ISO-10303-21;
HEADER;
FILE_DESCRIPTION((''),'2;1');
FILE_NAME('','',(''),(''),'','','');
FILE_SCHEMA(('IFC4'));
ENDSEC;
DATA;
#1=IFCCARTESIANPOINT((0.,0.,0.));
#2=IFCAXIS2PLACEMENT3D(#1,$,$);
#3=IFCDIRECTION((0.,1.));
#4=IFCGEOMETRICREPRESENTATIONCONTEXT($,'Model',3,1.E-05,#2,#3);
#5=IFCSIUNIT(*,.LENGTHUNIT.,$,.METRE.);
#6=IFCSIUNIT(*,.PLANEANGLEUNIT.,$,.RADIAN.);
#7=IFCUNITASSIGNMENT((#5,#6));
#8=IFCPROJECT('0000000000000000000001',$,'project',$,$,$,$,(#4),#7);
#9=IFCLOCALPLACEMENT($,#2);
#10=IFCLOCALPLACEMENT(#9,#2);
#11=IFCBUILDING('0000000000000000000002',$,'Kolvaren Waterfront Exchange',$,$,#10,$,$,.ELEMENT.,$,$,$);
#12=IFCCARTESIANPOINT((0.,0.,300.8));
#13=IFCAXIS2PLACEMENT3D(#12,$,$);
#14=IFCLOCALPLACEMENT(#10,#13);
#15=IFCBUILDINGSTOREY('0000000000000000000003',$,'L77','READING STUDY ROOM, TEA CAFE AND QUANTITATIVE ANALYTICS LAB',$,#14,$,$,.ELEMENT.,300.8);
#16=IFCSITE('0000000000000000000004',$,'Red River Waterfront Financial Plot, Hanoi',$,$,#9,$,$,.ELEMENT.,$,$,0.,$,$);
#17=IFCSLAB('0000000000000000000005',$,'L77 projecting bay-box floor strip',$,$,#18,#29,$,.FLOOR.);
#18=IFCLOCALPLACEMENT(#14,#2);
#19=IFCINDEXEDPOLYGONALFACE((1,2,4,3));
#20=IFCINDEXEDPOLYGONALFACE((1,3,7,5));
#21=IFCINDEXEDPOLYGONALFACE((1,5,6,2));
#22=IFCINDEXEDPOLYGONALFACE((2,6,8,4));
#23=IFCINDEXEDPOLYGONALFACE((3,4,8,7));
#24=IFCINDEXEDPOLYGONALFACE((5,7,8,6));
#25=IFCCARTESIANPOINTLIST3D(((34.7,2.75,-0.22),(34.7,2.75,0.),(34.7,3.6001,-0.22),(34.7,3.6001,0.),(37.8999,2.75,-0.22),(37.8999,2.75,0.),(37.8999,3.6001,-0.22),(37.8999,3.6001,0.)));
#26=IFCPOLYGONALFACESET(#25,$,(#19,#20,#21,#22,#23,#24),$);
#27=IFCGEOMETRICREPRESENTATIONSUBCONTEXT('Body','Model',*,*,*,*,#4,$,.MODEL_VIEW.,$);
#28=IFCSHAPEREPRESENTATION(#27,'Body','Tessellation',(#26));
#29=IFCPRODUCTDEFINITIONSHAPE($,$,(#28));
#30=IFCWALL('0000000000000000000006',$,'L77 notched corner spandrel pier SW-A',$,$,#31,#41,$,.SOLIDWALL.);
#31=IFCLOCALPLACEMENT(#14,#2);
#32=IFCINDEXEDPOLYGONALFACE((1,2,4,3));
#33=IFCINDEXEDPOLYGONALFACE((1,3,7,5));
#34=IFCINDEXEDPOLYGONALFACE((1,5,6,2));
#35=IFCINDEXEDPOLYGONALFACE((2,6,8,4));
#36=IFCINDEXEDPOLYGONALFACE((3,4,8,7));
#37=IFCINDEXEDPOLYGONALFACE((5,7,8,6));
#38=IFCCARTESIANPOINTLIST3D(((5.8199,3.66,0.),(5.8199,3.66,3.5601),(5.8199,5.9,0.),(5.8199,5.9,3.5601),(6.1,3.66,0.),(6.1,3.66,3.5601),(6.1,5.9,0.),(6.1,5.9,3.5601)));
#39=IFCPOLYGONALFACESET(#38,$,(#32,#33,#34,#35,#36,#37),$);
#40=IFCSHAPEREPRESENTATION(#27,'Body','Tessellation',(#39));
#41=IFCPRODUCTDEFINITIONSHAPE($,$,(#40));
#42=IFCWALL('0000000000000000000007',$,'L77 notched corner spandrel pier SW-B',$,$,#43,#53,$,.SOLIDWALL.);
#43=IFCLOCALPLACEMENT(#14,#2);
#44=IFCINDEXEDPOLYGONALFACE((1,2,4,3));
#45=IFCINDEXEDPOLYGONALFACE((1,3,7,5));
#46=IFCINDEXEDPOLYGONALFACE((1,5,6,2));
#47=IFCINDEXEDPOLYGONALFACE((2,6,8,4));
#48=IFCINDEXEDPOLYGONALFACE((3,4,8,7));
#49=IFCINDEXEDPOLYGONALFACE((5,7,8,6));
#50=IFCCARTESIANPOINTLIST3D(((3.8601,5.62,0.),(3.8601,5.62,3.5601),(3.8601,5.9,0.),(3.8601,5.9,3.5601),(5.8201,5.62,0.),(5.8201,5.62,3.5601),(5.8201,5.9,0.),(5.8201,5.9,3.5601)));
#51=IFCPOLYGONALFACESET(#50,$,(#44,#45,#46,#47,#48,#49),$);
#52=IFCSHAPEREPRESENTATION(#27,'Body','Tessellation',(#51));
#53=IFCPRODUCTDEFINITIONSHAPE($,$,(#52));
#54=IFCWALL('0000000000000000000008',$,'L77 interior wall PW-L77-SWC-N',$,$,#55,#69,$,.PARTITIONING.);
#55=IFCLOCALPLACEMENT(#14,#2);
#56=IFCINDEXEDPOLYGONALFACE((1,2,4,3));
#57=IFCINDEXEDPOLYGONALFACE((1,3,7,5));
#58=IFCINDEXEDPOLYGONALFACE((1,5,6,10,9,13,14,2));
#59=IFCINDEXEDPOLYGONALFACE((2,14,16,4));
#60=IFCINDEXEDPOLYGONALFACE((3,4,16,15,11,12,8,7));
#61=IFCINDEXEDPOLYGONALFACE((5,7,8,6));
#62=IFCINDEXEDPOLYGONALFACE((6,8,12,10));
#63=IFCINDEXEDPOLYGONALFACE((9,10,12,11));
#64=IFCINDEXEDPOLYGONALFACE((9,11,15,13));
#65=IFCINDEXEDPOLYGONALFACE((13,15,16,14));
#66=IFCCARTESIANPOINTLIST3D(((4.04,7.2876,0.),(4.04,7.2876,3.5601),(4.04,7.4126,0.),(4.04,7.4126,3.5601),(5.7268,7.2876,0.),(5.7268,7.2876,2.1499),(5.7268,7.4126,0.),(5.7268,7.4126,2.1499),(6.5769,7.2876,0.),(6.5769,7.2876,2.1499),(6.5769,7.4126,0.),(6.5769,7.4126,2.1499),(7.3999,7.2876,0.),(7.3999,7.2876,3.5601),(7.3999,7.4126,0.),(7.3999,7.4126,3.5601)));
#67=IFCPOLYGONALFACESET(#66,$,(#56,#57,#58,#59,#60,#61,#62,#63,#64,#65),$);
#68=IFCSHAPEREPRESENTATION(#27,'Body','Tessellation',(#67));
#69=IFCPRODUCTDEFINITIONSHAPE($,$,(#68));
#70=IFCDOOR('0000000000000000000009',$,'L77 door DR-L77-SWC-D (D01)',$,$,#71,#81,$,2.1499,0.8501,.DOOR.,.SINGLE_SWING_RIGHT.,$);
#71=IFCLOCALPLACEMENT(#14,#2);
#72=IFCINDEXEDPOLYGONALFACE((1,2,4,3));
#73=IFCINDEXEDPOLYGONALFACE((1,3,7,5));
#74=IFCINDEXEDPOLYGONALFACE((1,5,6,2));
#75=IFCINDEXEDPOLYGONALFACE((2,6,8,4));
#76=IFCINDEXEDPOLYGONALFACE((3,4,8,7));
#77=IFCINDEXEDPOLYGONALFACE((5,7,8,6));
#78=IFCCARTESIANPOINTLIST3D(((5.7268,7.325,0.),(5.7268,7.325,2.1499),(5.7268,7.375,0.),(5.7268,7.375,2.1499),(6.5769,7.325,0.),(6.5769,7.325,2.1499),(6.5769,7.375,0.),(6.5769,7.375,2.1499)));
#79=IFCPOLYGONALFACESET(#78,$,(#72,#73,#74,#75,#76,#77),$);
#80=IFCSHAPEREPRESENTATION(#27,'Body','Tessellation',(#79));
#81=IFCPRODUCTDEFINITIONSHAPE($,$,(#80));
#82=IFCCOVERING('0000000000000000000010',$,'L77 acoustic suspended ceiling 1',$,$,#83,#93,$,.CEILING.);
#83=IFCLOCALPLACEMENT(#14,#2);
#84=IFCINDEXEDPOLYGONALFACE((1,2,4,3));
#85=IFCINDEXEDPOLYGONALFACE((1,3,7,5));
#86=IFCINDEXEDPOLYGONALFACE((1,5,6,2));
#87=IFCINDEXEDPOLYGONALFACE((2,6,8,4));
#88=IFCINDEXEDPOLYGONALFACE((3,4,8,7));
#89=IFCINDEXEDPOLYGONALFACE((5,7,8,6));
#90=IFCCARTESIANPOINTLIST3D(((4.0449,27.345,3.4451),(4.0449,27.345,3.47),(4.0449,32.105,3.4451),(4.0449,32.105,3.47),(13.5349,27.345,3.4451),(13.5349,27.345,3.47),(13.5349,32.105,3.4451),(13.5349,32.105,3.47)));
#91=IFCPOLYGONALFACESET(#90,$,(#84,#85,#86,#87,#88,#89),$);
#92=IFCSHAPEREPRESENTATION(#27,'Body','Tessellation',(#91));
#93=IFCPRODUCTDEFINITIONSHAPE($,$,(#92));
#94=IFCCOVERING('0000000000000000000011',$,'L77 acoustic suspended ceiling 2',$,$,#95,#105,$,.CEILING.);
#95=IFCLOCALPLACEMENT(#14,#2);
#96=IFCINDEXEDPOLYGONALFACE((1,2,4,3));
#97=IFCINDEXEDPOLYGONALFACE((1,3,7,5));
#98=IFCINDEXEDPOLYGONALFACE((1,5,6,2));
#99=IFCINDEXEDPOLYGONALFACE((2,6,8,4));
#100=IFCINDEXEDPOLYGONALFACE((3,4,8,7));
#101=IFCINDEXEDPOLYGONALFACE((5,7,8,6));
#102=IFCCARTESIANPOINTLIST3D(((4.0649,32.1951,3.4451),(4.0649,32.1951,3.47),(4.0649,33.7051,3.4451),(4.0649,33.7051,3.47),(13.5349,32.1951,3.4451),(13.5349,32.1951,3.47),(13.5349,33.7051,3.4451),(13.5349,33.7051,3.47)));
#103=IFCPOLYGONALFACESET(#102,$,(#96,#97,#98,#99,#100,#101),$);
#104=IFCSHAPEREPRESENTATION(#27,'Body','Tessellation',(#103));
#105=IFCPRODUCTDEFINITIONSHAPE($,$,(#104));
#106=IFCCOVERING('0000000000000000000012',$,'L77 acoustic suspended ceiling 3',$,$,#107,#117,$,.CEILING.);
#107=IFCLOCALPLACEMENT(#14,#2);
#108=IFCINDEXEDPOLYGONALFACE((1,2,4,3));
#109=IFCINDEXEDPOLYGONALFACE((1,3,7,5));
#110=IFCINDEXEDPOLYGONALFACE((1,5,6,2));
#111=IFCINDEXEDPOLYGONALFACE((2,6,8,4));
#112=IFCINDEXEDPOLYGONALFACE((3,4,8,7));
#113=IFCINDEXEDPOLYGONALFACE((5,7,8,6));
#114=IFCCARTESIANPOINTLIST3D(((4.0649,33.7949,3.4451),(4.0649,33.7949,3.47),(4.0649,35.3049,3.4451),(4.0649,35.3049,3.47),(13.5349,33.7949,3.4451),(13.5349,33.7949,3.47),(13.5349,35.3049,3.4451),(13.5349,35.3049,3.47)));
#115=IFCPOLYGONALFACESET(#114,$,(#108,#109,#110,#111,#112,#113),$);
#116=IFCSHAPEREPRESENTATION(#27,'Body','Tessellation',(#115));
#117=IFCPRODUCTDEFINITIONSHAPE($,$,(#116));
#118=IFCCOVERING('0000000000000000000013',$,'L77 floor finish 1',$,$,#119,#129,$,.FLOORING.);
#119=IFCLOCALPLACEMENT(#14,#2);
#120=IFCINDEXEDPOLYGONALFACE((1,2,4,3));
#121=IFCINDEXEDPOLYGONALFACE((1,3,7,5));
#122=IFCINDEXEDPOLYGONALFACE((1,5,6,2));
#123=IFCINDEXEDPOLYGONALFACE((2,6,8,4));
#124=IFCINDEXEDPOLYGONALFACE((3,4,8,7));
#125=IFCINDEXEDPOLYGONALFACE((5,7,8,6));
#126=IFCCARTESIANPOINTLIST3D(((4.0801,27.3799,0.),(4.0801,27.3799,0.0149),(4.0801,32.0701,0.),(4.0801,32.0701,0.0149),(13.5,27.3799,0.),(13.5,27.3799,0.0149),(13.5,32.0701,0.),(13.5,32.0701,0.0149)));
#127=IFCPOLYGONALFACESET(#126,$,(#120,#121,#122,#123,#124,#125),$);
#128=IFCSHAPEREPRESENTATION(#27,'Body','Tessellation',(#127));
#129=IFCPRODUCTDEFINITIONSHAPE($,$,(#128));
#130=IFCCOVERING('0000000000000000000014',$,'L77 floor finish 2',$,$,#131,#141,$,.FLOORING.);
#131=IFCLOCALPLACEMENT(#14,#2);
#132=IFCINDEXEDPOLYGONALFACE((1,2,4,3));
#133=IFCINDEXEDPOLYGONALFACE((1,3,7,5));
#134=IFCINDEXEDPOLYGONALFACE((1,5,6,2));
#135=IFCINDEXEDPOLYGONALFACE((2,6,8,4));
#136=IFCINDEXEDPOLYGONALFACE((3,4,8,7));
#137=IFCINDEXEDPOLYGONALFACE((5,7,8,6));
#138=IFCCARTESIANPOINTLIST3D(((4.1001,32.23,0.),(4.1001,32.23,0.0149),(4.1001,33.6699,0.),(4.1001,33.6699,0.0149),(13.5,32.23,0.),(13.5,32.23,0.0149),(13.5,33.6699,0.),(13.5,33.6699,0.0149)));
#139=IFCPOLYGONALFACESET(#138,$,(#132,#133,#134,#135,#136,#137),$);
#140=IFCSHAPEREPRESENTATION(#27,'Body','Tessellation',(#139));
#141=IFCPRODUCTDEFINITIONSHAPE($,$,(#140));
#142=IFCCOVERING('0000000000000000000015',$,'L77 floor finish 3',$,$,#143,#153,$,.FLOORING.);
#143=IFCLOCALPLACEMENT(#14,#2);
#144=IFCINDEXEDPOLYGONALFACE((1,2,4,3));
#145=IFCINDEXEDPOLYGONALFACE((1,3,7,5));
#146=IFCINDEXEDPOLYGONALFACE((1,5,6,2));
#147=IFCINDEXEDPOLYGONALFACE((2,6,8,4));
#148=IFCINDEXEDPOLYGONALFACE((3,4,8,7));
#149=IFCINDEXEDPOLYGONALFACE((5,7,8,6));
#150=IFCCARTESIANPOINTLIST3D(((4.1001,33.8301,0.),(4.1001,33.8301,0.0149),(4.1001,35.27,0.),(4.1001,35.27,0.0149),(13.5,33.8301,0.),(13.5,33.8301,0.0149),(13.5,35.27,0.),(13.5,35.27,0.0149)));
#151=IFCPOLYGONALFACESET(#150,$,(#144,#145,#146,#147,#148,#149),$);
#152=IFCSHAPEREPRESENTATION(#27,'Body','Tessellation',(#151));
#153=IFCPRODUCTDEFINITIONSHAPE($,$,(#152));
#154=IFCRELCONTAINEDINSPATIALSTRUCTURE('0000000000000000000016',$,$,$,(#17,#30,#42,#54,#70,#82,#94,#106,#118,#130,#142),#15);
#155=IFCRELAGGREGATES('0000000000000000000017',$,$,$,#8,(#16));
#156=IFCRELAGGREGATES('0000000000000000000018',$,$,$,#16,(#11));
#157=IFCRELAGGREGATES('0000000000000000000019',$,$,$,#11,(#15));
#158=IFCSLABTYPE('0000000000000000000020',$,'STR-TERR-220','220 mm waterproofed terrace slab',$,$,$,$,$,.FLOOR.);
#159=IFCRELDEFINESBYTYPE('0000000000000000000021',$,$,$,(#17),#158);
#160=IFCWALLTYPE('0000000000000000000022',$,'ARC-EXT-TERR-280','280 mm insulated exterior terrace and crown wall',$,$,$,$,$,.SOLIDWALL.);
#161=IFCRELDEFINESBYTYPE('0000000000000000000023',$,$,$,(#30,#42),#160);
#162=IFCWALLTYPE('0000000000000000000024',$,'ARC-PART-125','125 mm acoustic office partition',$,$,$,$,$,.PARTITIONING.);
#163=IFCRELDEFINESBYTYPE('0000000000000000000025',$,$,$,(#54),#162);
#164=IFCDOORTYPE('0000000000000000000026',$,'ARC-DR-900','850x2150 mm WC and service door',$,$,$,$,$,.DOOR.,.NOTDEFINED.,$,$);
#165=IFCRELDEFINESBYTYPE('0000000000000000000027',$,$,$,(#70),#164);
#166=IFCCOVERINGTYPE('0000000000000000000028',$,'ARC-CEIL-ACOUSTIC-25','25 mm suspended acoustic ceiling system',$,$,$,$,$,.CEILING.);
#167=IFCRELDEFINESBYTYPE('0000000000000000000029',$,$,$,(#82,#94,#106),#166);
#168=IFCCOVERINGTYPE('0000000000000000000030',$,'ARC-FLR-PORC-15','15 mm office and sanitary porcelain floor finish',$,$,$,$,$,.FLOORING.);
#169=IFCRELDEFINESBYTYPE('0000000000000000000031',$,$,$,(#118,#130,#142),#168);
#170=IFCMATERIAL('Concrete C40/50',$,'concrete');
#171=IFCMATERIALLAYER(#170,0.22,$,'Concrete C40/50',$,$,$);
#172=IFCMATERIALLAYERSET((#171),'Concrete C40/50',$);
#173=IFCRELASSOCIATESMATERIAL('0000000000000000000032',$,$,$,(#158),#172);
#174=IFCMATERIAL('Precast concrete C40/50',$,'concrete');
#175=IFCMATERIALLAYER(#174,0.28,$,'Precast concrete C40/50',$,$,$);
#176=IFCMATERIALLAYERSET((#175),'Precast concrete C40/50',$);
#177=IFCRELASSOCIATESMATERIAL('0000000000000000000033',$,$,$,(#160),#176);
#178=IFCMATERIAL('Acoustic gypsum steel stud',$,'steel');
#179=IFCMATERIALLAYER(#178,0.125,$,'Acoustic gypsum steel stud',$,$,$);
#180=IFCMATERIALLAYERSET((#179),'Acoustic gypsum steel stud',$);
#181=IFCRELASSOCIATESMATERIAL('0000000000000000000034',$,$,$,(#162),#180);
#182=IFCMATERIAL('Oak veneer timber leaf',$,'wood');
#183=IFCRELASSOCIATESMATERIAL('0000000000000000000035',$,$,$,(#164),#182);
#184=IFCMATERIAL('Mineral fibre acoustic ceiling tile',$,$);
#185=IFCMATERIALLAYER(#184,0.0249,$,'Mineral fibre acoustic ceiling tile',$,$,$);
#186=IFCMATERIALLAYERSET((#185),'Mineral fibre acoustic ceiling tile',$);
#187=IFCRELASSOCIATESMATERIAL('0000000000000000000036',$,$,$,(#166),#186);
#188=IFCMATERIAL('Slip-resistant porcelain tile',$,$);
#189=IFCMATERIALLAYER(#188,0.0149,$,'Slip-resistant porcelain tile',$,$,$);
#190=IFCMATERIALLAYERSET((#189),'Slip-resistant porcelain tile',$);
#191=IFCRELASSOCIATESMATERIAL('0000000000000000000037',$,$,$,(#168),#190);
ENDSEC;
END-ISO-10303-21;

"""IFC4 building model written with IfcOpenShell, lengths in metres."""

from ifc_helpers import new_model, si_unit, direction, frame, frame_2d, origin, place, context, subcontext, project, spatial, polyline, rectangle, outline, extrude, material, layer, layer_set, type_object, element, fill, save


model = new_model("IFC4")

# Units and contexts
model_context = context("Model", 3, precision=1e-05, world=origin(), true_north=direction((0.0, 1.0)))
body_context = subcontext(model_context, "Body", "Model", "MODEL_VIEW")
ifc_project = project(units=[si_unit("LENGTHUNIT", "METRE"), si_unit("PLANEANGLEUNIT", "RADIAN")], contexts=[model_context])

# Site, building, storey
site_placement = place(None, origin())
site = spatial("IfcSite", under=ifc_project, at=site_placement, Name="Red River Waterfront Financial Plot, Hanoi", CompositionType="ELEMENT", RefElevation=0.0)
building_placement = place(site_placement, origin())
building = spatial("IfcBuilding", under=site, at=building_placement, Name="Kolvaren Waterfront Exchange", CompositionType="ELEMENT")
storey_placement = place(building_placement, frame((0.0, 0.0, 300.8)))
storey = spatial("IfcBuildingStorey", under=building, at=storey_placement, Name="L77", Description="READING STUDY ROOM, TEA CAFE AND QUANTITATIVE ANALYTICS LAB", CompositionType="ELEMENT", Elevation=300.8)

# Shared definitions
ifc_material_1 = material(Name="Concrete C40/50", Category="concrete")

# Slab
ifc_layer_1 = layer(ifc_material_1, 0.22, Name="Concrete C40/50")
ifc_layer_set_1 = layer_set([ifc_layer_1], Name="Concrete C40/50")
slab_type_1 = type_object("IfcSlabType", Name="STR-TERR-220", Description="220 mm waterproofed terrace slab", PredefinedType="FLOOR", material=ifc_layer_set_1)
slab_1_placement = place(storey_placement, frame((0.0, 0.0, -0.22)))
element("IfcSlab", 1, at=slab_1_placement, inside=storey, type_object=slab_type_1, Name="L77 projecting bay-box floor strip", PredefinedType="FLOOR", context=body_context, shape_type="SweptSolid", body=[
    extrude(outline(polyline([(34.7, 2.75), (37.8999, 2.75), (37.8999, 3.6001), (34.7, 3.6001), (34.7, 2.75)])), origin(), (0.0, 0.0, 1.0), 0.22),
])

# Walls
ifc_material_2 = material(Name="Precast concrete C40/50", Category="concrete")
ifc_layer_2 = layer(ifc_material_2, 0.28, Name="Precast concrete C40/50")
ifc_layer_set_2 = layer_set([ifc_layer_2], Name="Precast concrete C40/50")
wall_type_1 = type_object("IfcWallType", Name="ARC-EXT-TERR-280", Description="280 mm insulated exterior terrace and crown wall", PredefinedType="SOLIDWALL", material=ifc_layer_set_2)
wall_1_placement = place(storey_placement, frame((5.96, 3.6599, 0.0), z_axis=(0.0, 0.0, 1.0), x_axis=(0.0, 1.0, 0.0)))
element("IfcWall", 2, at=wall_1_placement, inside=storey, type_object=wall_type_1, Name="L77 notched corner spandrel pier SW-A", PredefinedType="SOLIDWALL", context=body_context, shape_type="SweptSolid", body=[
    extrude(rectangle(XDim=2.24, YDim=0.28, at=frame_2d((1.1201, 0.0))), origin(), (0.0, 0.0, 1.0), 3.5601),
])
wall_2_placement = place(storey_placement, frame((3.8601, 5.76, 0.0), z_axis=(0.0, 0.0, 1.0), x_axis=(1.0, 0.0, 0.0)))
element("IfcWall", 3, at=wall_2_placement, inside=storey, type_object=wall_type_1, Name="L77 notched corner spandrel pier SW-B", PredefinedType="SOLIDWALL", context=body_context, shape_type="SweptSolid", body=[
    extrude(rectangle(XDim=1.96, YDim=0.28, at=frame_2d((0.98, 0.0))), origin(), (0.0, 0.0, 1.0), 3.5601),
])

# Wall, opening, door
ifc_material_3 = material(Name="Acoustic gypsum steel stud", Category="steel")
ifc_layer_3 = layer(ifc_material_3, 0.125, Name="Acoustic gypsum steel stud")
ifc_layer_set_3 = layer_set([ifc_layer_3], Name="Acoustic gypsum steel stud")
wall_type_2 = type_object("IfcWallType", Name="ARC-PART-125", Description="125 mm acoustic office partition", PredefinedType="PARTITIONING", material=ifc_layer_set_3)
wall_3_placement = place(storey_placement, frame((4.04, 7.3501, 0.0), z_axis=(0.0, 0.0, 1.0), x_axis=(1.0, 0.0, 0.0)))
wall_3 = element("IfcWall", 4, at=wall_3_placement, inside=storey, type_object=wall_type_2, Name="L77 interior wall PW-L77-SWC-N", PredefinedType="PARTITIONING", context=body_context, shape_type="SweptSolid", body=[
    extrude(rectangle(XDim=3.3599, YDim=0.125, at=frame_2d((1.6799, 0.0))), origin(), (0.0, 0.0, 1.0), 3.5601),
])
opening_placement = place(wall_3_placement, frame((1.6868, 0.0, 0.0)))
opening = element("IfcOpeningElement", 5, at=opening_placement, cuts=wall_3, PredefinedType="OPENING", context=body_context, shape_type="SweptSolid", body=[
    extrude(rectangle(XDim=0.8501, YDim=2.1499, at=frame_2d((0.425, 1.075))), frame((0.0, 0.0725, 0.0), z_axis=(0.0, -1.0, 0.0), x_axis=(1.0, 0.0, 0.0)), (0.0, 0.0, 1.0), 0.145),
])
ifc_material_4 = material(Name="Oak veneer timber leaf", Category="wood")
door_type = type_object("IfcDoorType", Name="ARC-DR-900", Description="850x2150 mm WC and service door", OperationType="NOTDEFINED", PredefinedType="DOOR", material=ifc_material_4)
door_placement = place(opening_placement, origin())
door = element("IfcDoor", 6, at=door_placement, inside=storey, type_object=door_type, Name="L77 door DR-L77-SWC-D (D01)", OperationType="SINGLE_SWING_RIGHT", OverallHeight=2.1499, OverallWidth=0.8501, PredefinedType="DOOR", context=body_context, shape_type="SweptSolid", body=[
    extrude(rectangle(XDim=0.8501, YDim=2.1499, at=frame_2d((0.425, 1.075))), frame((0.0, 0.0249, 0.0), z_axis=(0.0, -1.0, 0.0), x_axis=(1.0, 0.0, 0.0)), (0.0, 0.0, 1.0), 0.05),
])
fill(opening, door)

# Coverings
ifc_material_5 = material(Name="Mineral fibre acoustic ceiling tile")
ifc_layer_4 = layer(ifc_material_5, 0.0249, Name="Mineral fibre acoustic ceiling tile")
ifc_layer_set_4 = layer_set([ifc_layer_4], Name="Mineral fibre acoustic ceiling tile")
covering_type_1 = type_object("IfcCoveringType", Name="ARC-CEIL-ACOUSTIC-25", Description="25 mm suspended acoustic ceiling system", PredefinedType="CEILING", material=ifc_layer_set_4)
covering_1_placement = place(storey_placement, frame((0.0, 0.0, 3.4451)))
element("IfcCovering", 7, at=covering_1_placement, inside=storey, type_object=covering_type_1, Name="L77 acoustic suspended ceiling 1", PredefinedType="CEILING", context=body_context, shape_type="SweptSolid", body=[
    extrude(outline(polyline([(13.5349, 27.345), (13.5349, 32.105), (4.0449, 32.105), (4.0449, 27.345), (13.5349, 27.345)])), origin(), (0.0, 0.0, 1.0), 0.0249),
])
covering_2_placement = place(storey_placement, frame((0.0, 0.0, 3.4451)))
element("IfcCovering", 8, at=covering_2_placement, inside=storey, type_object=covering_type_1, Name="L77 acoustic suspended ceiling 2", PredefinedType="CEILING", context=body_context, shape_type="SweptSolid", body=[
    extrude(outline(polyline([(13.5349, 32.1951), (13.5349, 33.7051), (4.0649, 33.7051), (4.0649, 32.1951), (13.5349, 32.1951)])), origin(), (0.0, 0.0, 1.0), 0.0249),
])
covering_3_placement = place(storey_placement, frame((0.0, 0.0, 3.4451)))
element("IfcCovering", 9, at=covering_3_placement, inside=storey, type_object=covering_type_1, Name="L77 acoustic suspended ceiling 3", PredefinedType="CEILING", context=body_context, shape_type="SweptSolid", body=[
    extrude(outline(polyline([(13.5349, 33.7949), (13.5349, 35.3049), (4.0649, 35.3049), (4.0649, 33.7949), (13.5349, 33.7949)])), origin(), (0.0, 0.0, 1.0), 0.0249),
])
ifc_material_6 = material(Name="Slip-resistant porcelain tile")
ifc_layer_5 = layer(ifc_material_6, 0.0149, Name="Slip-resistant porcelain tile")
ifc_layer_set_5 = layer_set([ifc_layer_5], Name="Slip-resistant porcelain tile")
covering_type_2 = type_object("IfcCoveringType", Name="ARC-FLR-PORC-15", Description="15 mm office and sanitary porcelain floor finish", PredefinedType="FLOORING", material=ifc_layer_set_5)
covering_4_placement = place(storey_placement, origin())
element("IfcCovering", 10, at=covering_4_placement, inside=storey, type_object=covering_type_2, Name="L77 floor finish 1", PredefinedType="FLOORING", context=body_context, shape_type="SweptSolid", body=[
    extrude(outline(polyline([(4.0801, 32.0701), (4.0801, 27.3799), (13.5, 27.3799), (13.5, 32.0701), (4.0801, 32.0701)])), origin(), (0.0, 0.0, 1.0), 0.0149),
])
covering_5_placement = place(storey_placement, origin())
element("IfcCovering", 11, at=covering_5_placement, inside=storey, type_object=covering_type_2, Name="L77 floor finish 2", PredefinedType="FLOORING", context=body_context, shape_type="SweptSolid", body=[
    extrude(outline(polyline([(4.1001, 33.6699), (4.1001, 32.23), (13.5, 32.23), (13.5, 33.6699), (4.1001, 33.6699)])), origin(), (0.0, 0.0, 1.0), 0.0149),
])
covering_6_placement = place(storey_placement, origin())
element("IfcCovering", 12, at=covering_6_placement, inside=storey, type_object=covering_type_2, Name="L77 floor finish 3", PredefinedType="FLOORING", context=body_context, shape_type="SweptSolid", body=[
    extrude(outline(polyline([(4.1001, 35.27), (4.1001, 33.8301), (13.5, 33.8301), (13.5, 35.27), (4.1001, 35.27)])), origin(), (0.0, 0.0, 1.0), 0.0149),
])

save(model, "model.ifc")
